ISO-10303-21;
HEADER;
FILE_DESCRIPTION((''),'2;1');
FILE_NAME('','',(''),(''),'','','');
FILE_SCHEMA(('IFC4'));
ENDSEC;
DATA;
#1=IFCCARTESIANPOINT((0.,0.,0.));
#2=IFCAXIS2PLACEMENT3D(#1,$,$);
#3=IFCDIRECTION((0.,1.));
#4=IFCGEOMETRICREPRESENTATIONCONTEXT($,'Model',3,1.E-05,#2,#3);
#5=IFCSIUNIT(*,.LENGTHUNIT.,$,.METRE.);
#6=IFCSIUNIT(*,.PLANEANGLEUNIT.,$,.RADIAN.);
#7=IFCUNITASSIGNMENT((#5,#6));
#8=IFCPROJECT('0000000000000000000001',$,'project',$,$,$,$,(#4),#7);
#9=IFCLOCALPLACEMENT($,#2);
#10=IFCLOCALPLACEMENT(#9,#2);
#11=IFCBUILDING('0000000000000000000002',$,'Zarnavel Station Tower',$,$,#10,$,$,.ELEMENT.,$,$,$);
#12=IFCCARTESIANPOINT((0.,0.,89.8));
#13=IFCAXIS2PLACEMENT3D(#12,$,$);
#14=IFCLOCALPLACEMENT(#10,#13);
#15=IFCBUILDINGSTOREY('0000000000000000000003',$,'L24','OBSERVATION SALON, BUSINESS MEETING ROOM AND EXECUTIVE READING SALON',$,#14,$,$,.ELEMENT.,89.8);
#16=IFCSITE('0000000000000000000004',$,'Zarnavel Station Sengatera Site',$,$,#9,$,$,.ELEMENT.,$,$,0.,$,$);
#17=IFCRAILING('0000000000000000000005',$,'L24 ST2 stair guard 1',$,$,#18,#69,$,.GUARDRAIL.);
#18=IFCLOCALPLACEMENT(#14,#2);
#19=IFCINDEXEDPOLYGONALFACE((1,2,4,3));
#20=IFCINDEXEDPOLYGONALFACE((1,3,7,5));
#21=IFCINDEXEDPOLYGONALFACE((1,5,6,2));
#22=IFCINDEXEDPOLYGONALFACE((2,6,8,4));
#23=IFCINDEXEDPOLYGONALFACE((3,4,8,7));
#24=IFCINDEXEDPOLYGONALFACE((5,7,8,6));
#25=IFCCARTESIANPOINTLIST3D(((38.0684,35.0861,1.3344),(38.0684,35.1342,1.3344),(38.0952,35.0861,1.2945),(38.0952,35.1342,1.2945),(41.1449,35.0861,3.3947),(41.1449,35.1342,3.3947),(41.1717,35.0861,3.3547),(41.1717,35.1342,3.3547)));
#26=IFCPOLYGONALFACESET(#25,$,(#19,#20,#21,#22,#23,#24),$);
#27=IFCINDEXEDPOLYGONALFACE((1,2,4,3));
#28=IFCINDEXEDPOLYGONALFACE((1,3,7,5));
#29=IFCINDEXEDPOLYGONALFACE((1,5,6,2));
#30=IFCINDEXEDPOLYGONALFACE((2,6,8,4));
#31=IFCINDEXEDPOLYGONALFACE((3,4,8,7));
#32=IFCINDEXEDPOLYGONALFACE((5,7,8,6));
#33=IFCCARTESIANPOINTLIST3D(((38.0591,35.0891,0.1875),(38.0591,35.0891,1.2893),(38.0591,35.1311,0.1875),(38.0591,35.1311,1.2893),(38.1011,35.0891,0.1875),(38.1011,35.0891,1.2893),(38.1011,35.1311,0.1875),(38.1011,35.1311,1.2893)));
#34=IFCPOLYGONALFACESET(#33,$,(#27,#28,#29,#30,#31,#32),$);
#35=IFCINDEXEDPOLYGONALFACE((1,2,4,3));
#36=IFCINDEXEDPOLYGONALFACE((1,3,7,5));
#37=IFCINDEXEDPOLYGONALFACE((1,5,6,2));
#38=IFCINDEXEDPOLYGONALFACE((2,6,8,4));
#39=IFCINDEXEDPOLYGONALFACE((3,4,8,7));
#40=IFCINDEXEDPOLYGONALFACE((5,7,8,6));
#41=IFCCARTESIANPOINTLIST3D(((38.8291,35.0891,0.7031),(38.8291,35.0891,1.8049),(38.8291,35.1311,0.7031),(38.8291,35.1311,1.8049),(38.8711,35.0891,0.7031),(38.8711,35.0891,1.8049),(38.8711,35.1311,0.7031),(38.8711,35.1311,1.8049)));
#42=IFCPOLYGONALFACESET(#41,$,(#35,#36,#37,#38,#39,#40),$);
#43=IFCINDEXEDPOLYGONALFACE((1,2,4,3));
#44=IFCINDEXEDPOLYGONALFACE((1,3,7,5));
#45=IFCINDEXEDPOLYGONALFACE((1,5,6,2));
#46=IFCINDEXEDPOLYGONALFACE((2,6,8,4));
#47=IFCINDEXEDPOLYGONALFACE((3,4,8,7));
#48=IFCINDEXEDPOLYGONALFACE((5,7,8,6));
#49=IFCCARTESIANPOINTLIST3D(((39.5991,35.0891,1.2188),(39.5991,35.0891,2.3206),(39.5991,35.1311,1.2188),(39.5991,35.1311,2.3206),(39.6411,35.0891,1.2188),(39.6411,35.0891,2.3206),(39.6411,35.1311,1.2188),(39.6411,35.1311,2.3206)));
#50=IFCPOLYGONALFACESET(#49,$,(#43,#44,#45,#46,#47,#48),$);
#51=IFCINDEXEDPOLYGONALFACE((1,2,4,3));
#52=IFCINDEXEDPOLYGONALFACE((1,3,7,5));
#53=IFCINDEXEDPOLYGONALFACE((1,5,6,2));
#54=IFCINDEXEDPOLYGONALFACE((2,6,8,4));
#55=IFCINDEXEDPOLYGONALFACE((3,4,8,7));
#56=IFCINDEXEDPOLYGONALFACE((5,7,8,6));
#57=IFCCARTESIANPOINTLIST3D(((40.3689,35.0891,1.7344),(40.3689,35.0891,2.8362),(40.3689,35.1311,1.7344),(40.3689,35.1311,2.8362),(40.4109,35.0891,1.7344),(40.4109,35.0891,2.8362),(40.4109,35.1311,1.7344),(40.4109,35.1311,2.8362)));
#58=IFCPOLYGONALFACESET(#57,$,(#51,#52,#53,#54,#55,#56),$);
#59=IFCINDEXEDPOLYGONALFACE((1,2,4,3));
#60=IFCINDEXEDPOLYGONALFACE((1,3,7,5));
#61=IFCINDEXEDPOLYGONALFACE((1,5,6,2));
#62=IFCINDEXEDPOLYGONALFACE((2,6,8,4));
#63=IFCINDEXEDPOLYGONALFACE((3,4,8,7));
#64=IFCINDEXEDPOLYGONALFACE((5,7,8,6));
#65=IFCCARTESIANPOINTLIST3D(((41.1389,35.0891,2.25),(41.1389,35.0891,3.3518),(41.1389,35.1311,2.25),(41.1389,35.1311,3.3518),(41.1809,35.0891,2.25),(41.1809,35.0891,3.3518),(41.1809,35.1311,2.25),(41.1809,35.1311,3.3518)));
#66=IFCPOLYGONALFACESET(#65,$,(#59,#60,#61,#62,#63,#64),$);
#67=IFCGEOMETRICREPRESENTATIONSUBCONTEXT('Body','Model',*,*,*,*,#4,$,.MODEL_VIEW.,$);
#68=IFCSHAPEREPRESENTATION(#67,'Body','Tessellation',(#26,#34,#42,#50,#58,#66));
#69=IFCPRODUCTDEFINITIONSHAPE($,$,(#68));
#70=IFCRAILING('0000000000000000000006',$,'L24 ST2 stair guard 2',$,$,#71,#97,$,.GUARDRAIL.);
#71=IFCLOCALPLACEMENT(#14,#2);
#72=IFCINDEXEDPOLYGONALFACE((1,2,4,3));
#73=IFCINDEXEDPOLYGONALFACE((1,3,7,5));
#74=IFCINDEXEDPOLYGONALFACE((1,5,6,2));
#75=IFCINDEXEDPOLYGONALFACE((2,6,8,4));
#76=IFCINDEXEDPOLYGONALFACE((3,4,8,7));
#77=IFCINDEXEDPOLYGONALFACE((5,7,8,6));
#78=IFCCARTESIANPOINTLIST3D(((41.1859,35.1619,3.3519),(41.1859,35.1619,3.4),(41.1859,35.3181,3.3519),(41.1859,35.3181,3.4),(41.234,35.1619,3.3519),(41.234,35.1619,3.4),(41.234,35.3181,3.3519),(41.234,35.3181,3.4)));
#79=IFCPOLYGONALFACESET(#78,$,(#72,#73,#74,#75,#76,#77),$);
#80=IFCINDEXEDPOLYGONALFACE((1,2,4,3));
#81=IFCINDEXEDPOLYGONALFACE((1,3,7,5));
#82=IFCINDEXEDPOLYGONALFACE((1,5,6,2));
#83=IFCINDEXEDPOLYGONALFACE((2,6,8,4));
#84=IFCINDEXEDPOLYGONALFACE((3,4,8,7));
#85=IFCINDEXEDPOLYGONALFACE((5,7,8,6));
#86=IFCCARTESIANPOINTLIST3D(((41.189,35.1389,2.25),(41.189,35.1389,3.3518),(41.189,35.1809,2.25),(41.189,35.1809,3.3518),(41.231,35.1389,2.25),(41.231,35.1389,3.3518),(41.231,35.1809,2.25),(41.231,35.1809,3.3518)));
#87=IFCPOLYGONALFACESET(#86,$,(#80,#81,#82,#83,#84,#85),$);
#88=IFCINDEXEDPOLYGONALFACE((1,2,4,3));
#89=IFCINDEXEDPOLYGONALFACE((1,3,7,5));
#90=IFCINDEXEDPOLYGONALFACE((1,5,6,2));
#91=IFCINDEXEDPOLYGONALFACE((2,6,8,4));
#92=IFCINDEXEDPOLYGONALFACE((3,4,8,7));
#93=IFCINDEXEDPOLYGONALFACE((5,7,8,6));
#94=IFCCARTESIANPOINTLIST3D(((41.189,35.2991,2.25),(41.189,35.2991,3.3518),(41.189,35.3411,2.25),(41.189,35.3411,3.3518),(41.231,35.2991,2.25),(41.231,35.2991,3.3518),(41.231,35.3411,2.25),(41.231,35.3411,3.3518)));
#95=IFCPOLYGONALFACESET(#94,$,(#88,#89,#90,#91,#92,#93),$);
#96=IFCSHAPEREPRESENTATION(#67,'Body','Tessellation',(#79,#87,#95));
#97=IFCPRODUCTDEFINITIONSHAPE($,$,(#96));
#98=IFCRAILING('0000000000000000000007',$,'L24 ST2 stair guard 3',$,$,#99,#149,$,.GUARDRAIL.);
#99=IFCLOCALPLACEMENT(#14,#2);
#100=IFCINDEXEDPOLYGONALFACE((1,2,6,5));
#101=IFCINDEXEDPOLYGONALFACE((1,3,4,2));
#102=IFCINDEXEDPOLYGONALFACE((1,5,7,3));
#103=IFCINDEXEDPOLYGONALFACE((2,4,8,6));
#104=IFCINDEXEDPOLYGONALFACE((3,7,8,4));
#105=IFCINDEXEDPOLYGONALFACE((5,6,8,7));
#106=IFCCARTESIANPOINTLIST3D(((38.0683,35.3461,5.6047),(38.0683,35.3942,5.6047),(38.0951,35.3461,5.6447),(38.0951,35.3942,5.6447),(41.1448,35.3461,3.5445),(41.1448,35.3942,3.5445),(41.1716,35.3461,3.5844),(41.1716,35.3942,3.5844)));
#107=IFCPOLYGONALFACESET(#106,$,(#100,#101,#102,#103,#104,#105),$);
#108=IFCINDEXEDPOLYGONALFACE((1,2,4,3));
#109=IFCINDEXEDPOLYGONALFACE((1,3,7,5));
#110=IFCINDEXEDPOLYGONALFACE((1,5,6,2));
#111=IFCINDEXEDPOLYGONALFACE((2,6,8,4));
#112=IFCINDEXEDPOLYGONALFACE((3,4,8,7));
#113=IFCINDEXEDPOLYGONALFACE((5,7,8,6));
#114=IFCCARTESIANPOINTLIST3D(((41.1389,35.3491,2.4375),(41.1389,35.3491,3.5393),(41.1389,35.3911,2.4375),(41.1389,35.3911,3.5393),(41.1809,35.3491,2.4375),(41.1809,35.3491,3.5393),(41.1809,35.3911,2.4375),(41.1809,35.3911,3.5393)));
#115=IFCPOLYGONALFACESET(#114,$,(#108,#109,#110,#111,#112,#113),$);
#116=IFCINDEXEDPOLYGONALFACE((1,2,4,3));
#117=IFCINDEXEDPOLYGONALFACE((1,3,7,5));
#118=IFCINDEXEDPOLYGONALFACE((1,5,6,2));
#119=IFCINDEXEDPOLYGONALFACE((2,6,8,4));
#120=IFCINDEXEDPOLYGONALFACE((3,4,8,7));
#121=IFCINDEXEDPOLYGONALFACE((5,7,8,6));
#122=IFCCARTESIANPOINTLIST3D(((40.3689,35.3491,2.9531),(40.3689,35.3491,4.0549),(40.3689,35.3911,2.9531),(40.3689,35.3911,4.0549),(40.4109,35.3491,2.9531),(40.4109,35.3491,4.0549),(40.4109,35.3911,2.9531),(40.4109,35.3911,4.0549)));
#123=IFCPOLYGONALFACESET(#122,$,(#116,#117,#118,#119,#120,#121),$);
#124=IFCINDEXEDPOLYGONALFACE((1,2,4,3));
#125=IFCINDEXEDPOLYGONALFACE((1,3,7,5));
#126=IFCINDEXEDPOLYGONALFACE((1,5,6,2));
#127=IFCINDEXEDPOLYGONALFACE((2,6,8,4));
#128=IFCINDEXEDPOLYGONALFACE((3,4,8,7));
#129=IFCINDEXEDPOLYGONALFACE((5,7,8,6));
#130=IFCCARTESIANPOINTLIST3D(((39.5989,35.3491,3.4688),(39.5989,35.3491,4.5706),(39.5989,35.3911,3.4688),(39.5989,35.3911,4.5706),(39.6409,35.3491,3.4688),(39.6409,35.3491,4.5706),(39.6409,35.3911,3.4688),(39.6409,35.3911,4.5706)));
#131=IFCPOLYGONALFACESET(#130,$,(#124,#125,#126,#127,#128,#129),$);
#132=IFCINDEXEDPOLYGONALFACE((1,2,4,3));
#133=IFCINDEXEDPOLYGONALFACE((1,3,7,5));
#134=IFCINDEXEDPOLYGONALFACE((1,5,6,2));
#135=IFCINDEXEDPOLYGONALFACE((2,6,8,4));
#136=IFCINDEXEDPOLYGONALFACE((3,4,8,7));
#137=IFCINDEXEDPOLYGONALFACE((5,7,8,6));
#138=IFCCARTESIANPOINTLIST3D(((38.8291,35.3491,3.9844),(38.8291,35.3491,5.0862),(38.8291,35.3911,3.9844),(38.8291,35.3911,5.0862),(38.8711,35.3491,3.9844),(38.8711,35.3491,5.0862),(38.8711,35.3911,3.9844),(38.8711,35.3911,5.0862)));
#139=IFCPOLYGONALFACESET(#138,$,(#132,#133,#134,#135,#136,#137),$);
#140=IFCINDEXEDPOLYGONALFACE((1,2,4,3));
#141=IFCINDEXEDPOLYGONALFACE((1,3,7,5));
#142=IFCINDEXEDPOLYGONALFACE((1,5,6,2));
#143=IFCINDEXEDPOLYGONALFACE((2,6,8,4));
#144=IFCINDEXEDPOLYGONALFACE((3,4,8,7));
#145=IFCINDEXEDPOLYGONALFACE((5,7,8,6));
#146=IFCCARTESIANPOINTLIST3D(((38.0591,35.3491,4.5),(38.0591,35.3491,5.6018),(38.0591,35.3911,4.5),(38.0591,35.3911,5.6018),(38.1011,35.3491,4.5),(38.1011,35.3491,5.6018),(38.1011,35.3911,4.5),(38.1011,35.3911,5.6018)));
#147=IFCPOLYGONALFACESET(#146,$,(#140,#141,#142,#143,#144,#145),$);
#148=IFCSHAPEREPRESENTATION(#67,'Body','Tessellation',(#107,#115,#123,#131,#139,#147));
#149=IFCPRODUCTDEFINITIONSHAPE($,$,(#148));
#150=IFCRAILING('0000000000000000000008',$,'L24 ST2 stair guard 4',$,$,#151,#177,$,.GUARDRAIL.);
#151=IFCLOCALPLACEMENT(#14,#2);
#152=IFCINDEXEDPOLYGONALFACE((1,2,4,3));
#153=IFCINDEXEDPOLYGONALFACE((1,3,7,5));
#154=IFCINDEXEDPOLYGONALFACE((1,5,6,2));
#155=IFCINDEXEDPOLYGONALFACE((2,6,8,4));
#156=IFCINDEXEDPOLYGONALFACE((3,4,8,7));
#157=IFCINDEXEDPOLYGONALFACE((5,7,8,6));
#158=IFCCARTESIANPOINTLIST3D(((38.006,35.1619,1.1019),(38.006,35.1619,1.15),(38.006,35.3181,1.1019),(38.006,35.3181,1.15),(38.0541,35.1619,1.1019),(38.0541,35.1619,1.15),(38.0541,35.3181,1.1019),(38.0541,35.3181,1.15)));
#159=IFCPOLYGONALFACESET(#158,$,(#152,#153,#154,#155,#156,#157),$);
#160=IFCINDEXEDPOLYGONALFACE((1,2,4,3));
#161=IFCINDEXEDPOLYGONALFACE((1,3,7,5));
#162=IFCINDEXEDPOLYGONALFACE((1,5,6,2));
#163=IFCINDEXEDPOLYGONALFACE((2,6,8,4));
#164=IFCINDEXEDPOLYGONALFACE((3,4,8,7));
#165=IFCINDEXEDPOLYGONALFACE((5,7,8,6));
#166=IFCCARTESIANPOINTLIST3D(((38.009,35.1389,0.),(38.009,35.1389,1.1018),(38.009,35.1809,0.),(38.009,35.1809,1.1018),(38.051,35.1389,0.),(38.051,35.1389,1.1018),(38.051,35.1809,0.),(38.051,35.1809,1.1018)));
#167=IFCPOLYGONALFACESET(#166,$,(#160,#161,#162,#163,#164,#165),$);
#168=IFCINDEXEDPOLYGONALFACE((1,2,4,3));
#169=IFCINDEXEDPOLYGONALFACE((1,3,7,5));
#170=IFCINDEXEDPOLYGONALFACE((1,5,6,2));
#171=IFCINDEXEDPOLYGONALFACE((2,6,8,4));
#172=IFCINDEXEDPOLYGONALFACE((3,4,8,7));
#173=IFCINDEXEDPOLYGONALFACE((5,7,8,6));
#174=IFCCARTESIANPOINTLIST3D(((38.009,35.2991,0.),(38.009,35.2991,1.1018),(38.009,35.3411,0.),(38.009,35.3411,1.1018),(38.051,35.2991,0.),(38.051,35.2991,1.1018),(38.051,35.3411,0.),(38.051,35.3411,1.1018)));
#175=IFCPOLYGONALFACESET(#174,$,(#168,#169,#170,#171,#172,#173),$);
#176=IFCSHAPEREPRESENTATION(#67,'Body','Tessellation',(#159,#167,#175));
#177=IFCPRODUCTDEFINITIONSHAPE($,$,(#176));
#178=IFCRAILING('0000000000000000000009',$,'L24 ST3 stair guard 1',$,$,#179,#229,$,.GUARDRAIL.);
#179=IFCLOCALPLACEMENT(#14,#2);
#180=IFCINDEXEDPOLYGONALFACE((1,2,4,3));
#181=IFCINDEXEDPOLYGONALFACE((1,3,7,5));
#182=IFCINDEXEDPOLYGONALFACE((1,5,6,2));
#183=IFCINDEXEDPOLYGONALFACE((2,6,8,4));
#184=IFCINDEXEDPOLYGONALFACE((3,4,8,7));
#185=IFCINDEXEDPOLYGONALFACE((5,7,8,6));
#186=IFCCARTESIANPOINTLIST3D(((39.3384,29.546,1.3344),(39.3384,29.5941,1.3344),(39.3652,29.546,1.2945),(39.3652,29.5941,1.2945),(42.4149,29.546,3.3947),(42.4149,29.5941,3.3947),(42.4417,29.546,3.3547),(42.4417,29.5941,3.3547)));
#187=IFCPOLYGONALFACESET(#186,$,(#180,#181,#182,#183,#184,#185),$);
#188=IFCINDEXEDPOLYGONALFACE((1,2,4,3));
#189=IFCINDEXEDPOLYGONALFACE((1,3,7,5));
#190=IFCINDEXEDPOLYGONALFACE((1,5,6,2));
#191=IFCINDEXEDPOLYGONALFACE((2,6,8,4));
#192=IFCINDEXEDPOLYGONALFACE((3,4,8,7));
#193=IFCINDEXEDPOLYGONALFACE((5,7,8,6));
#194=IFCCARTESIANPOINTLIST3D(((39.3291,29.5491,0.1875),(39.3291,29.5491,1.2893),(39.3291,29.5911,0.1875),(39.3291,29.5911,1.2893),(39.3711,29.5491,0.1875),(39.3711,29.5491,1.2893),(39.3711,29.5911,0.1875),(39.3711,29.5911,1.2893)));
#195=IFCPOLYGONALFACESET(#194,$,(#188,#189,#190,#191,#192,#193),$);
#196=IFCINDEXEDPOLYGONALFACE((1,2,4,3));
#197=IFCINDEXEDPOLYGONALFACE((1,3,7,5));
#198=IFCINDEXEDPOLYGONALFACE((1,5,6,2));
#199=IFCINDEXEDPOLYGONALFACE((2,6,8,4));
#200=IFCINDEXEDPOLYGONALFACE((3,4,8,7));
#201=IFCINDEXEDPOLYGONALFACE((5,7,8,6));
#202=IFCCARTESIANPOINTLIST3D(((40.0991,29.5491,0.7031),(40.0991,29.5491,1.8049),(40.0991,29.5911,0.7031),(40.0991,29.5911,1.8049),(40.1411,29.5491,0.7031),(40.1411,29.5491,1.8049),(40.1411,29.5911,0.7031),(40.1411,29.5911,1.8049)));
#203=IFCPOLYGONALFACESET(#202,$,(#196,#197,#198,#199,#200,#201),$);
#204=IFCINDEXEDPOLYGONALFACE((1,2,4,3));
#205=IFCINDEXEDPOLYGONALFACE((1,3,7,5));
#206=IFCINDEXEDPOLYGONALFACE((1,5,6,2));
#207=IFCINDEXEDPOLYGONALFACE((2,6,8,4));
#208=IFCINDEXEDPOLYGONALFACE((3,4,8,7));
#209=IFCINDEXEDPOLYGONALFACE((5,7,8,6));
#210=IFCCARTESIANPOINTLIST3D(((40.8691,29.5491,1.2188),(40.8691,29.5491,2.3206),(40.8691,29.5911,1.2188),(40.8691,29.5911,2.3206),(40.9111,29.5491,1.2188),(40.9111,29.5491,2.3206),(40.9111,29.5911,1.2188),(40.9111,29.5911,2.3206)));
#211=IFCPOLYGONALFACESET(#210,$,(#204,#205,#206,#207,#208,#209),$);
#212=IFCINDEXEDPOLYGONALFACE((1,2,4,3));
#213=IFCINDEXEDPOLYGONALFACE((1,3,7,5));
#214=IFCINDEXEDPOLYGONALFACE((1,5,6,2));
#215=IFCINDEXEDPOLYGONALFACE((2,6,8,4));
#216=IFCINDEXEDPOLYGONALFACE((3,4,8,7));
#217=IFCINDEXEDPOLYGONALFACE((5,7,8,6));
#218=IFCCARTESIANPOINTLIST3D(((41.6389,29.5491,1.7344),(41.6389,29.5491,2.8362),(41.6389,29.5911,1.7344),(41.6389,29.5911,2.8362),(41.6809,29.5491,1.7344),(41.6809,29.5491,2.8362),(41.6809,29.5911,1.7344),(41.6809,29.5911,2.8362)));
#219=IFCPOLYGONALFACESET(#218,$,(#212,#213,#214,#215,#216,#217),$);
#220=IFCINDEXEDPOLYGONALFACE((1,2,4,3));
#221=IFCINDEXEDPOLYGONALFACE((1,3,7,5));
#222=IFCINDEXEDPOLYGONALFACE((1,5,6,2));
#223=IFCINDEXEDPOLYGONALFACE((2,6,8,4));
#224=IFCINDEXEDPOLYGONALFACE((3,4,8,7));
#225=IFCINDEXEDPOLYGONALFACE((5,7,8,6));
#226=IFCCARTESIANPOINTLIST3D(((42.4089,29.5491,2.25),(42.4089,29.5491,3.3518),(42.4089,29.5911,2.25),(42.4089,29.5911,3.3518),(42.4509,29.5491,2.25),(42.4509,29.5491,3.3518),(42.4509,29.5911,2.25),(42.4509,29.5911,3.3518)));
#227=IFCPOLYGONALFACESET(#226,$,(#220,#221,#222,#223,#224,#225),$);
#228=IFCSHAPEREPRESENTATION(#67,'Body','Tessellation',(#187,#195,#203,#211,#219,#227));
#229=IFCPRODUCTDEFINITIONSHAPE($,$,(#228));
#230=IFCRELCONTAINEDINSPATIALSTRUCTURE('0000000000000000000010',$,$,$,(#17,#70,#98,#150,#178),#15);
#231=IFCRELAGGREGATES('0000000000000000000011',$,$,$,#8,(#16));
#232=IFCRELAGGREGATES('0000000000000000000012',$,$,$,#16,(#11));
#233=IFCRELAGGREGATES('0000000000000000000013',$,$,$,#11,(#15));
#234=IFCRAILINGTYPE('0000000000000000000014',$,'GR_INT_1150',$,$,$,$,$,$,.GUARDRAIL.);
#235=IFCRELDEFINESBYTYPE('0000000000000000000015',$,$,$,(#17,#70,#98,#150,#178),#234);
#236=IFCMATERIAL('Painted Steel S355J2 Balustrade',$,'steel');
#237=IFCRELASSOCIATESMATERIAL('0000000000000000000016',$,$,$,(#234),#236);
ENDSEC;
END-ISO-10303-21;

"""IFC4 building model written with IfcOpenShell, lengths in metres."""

from ifc_helpers import new_model, si_unit, direction, frame, origin, origin_2d, place, context, subcontext, project, spatial, rectangle, extrude, material, type_object, element, save


model = new_model("IFC4")

# Units and contexts
model_context = context("Model", 3, precision=1e-05, world=origin(), true_north=direction((0.0, 1.0)))
body_context = subcontext(model_context, "Body", "Model", "MODEL_VIEW")
ifc_project = project(units=[si_unit("LENGTHUNIT", "METRE"), si_unit("PLANEANGLEUNIT", "RADIAN")], contexts=[model_context])

# Site, building, storey
site_placement = place(None, origin())
site = spatial("IfcSite", under=ifc_project, at=site_placement, Name="Zarnavel Station Sengatera Site", CompositionType="ELEMENT", RefElevation=0.0)
building_placement = place(site_placement, origin())
building = spatial("IfcBuilding", under=site, at=building_placement, Name="Zarnavel Station Tower", CompositionType="ELEMENT")
storey_placement = place(building_placement, frame((0.0, 0.0, 89.8)))
storey = spatial("IfcBuildingStorey", under=building, at=storey_placement, Name="L24", Description="OBSERVATION SALON, BUSINESS MEETING ROOM AND EXECUTIVE READING SALON", CompositionType="ELEMENT", Elevation=89.8)

# Railings
ifc_material_1 = material(Name="Painted Steel S355J2 Balustrade", Category="steel")
railing_type_1 = type_object("IfcRailingType", Name="GR_INT_1150", PredefinedType="GUARDRAIL", material=ifc_material_1)
railing_1_placement = place(storey_placement, frame((38.0801, 35.1101, 0.1875)))
element("IfcRailing", 1, at=railing_1_placement, inside=storey, type_object=railing_type_1, Name="L24 ST2 stair guard 1", PredefinedType="GUARDRAIL", context=body_context, shape_type="SweptSolid", body=[
    extrude(rectangle(XDim=0.0481, YDim=0.0481, at=origin_2d()), frame((0.0017, 0.0, 1.127), z_axis=(0.830893, 0.0, 0.556432), x_axis=(0.0, 1.0, 0.0)), (0.0, 0.0, 1.0), 3.7026),
    extrude(rectangle(XDim=0.042, YDim=0.042, at=origin_2d()), origin(), (0.0, 0.0, 1.0), 1.1018),
    extrude(rectangle(XDim=0.042, YDim=0.042, at=origin_2d()), frame((0.77, 0.0, 0.5156)), (0.0, 0.0, 1.0), 1.1018),
    extrude(rectangle(XDim=0.042, YDim=0.042, at=origin_2d()), frame((1.54, 0.0, 1.0312)), (0.0, 0.0, 1.0), 1.1018),
    extrude(rectangle(XDim=0.042, YDim=0.042, at=origin_2d()), frame((2.3098, 0.0, 1.5469)), (0.0, 0.0, 1.0), 1.1018),
    extrude(rectangle(XDim=0.042, YDim=0.042, at=origin_2d()), frame((3.0798, 0.0, 2.0625)), (0.0, 0.0, 1.0), 1.1018),
])
railing_2_placement = place(storey_placement, frame((41.21, 35.1599, 2.25)))
element("IfcRailing", 2, at=railing_2_placement, inside=storey, type_object=railing_type_1, Name="L24 ST2 stair guard 2", PredefinedType="GUARDRAIL", context=body_context, shape_type="SweptSolid", body=[
    extrude(rectangle(XDim=0.0481, YDim=0.0481, at=origin_2d()), frame((0.0, 0.002, 1.126), z_axis=(0.0, 1.0, 0.0), x_axis=(-1.0, 0.0, 0.0)), (0.0, 0.0, 1.0), 0.1562),
    extrude(rectangle(XDim=0.042, YDim=0.042, at=origin_2d()), origin(), (0.0, 0.0, 1.0), 1.1018),
    extrude(rectangle(XDim=0.042, YDim=0.042, at=origin_2d()), frame((0.0, 0.1602, 0.0)), (0.0, 0.0, 1.0), 1.1018),
])
railing_3_placement = place(storey_placement, frame((41.1599, 35.3701, 2.4375)))
element("IfcRailing", 3, at=railing_3_placement, inside=storey, type_object=railing_type_1, Name="L24 ST2 stair guard 3", PredefinedType="GUARDRAIL", context=body_context, shape_type="SweptSolid", body=[
    extrude(rectangle(XDim=0.0481, YDim=0.0481, at=origin_2d()), frame((-0.0017, 0.0, 1.127), z_axis=(-0.830893, 0.0, 0.556432), x_axis=(0.0, -1.0, 0.0)), (0.0, 0.0, 1.0), 3.7026),
    extrude(rectangle(XDim=0.042, YDim=0.042, at=origin_2d()), origin(), (0.0, 0.0, 1.0), 1.1018),
    extrude(rectangle(XDim=0.042, YDim=0.042, at=origin_2d()), frame((-0.77, 0.0, 0.5156)), (0.0, 0.0, 1.0), 1.1018),
    extrude(rectangle(XDim=0.042, YDim=0.042, at=origin_2d()), frame((-1.54, 0.0, 1.0312)), (0.0, 0.0, 1.0), 1.1018),
    extrude(rectangle(XDim=0.042, YDim=0.042, at=origin_2d()), frame((-2.3098, 0.0, 1.5469)), (0.0, 0.0, 1.0), 1.1018),
    extrude(rectangle(XDim=0.042, YDim=0.042, at=origin_2d()), frame((-3.0798, 0.0, 2.0625)), (0.0, 0.0, 1.0), 1.1018),
])
railing_4_placement = place(storey_placement, frame((38.03, 35.1599, 0.0)))
element("IfcRailing", 4, at=railing_4_placement, inside=storey, type_object=railing_type_1, Name="L24 ST2 stair guard 4", PredefinedType="GUARDRAIL", context=body_context, shape_type="SweptSolid", body=[
    extrude(rectangle(XDim=0.0481, YDim=0.0481, at=origin_2d()), frame((0.0, 0.002, 1.126), z_axis=(0.0, 1.0, 0.0), x_axis=(-1.0, 0.0, 0.0)), (0.0, 0.0, 1.0), 0.1562),
    extrude(rectangle(XDim=0.042, YDim=0.042, at=origin_2d()), origin(), (0.0, 0.0, 1.0), 1.1018),
    extrude(rectangle(XDim=0.042, YDim=0.042, at=origin_2d()), frame((0.0, 0.1602, 0.0)), (0.0, 0.0, 1.0), 1.1018),
])
railing_5_placement = place(storey_placement, frame((39.3501, 29.5701, 0.1875)))
element("IfcRailing", 5, at=railing_5_placement, inside=storey, type_object=railing_type_1, Name="L24 ST3 stair guard 1", PredefinedType="GUARDRAIL", context=body_context, shape_type="SweptSolid", body=[
    extrude(rectangle(XDim=0.0481, YDim=0.0481, at=origin_2d()), frame((0.0017, 0.0, 1.127), z_axis=(0.830893, 0.0, 0.556432), x_axis=(0.0, 1.0, 0.0)), (0.0, 0.0, 1.0), 3.7026),
    extrude(rectangle(XDim=0.042, YDim=0.042, at=origin_2d()), origin(), (0.0, 0.0, 1.0), 1.1018),
    extrude(rectangle(XDim=0.042, YDim=0.042, at=origin_2d()), frame((0.77, 0.0, 0.5156)), (0.0, 0.0, 1.0), 1.1018),
    extrude(rectangle(XDim=0.042, YDim=0.042, at=origin_2d()), frame((1.54, 0.0, 1.0312)), (0.0, 0.0, 1.0), 1.1018),
    extrude(rectangle(XDim=0.042, YDim=0.042, at=origin_2d()), frame((2.3098, 0.0, 1.5469)), (0.0, 0.0, 1.0), 1.1018),
    extrude(rectangle(XDim=0.042, YDim=0.042, at=origin_2d()), frame((3.0798, 0.0, 2.0625)), (0.0, 0.0, 1.0), 1.1018),
])

save(model, "model.ifc")
